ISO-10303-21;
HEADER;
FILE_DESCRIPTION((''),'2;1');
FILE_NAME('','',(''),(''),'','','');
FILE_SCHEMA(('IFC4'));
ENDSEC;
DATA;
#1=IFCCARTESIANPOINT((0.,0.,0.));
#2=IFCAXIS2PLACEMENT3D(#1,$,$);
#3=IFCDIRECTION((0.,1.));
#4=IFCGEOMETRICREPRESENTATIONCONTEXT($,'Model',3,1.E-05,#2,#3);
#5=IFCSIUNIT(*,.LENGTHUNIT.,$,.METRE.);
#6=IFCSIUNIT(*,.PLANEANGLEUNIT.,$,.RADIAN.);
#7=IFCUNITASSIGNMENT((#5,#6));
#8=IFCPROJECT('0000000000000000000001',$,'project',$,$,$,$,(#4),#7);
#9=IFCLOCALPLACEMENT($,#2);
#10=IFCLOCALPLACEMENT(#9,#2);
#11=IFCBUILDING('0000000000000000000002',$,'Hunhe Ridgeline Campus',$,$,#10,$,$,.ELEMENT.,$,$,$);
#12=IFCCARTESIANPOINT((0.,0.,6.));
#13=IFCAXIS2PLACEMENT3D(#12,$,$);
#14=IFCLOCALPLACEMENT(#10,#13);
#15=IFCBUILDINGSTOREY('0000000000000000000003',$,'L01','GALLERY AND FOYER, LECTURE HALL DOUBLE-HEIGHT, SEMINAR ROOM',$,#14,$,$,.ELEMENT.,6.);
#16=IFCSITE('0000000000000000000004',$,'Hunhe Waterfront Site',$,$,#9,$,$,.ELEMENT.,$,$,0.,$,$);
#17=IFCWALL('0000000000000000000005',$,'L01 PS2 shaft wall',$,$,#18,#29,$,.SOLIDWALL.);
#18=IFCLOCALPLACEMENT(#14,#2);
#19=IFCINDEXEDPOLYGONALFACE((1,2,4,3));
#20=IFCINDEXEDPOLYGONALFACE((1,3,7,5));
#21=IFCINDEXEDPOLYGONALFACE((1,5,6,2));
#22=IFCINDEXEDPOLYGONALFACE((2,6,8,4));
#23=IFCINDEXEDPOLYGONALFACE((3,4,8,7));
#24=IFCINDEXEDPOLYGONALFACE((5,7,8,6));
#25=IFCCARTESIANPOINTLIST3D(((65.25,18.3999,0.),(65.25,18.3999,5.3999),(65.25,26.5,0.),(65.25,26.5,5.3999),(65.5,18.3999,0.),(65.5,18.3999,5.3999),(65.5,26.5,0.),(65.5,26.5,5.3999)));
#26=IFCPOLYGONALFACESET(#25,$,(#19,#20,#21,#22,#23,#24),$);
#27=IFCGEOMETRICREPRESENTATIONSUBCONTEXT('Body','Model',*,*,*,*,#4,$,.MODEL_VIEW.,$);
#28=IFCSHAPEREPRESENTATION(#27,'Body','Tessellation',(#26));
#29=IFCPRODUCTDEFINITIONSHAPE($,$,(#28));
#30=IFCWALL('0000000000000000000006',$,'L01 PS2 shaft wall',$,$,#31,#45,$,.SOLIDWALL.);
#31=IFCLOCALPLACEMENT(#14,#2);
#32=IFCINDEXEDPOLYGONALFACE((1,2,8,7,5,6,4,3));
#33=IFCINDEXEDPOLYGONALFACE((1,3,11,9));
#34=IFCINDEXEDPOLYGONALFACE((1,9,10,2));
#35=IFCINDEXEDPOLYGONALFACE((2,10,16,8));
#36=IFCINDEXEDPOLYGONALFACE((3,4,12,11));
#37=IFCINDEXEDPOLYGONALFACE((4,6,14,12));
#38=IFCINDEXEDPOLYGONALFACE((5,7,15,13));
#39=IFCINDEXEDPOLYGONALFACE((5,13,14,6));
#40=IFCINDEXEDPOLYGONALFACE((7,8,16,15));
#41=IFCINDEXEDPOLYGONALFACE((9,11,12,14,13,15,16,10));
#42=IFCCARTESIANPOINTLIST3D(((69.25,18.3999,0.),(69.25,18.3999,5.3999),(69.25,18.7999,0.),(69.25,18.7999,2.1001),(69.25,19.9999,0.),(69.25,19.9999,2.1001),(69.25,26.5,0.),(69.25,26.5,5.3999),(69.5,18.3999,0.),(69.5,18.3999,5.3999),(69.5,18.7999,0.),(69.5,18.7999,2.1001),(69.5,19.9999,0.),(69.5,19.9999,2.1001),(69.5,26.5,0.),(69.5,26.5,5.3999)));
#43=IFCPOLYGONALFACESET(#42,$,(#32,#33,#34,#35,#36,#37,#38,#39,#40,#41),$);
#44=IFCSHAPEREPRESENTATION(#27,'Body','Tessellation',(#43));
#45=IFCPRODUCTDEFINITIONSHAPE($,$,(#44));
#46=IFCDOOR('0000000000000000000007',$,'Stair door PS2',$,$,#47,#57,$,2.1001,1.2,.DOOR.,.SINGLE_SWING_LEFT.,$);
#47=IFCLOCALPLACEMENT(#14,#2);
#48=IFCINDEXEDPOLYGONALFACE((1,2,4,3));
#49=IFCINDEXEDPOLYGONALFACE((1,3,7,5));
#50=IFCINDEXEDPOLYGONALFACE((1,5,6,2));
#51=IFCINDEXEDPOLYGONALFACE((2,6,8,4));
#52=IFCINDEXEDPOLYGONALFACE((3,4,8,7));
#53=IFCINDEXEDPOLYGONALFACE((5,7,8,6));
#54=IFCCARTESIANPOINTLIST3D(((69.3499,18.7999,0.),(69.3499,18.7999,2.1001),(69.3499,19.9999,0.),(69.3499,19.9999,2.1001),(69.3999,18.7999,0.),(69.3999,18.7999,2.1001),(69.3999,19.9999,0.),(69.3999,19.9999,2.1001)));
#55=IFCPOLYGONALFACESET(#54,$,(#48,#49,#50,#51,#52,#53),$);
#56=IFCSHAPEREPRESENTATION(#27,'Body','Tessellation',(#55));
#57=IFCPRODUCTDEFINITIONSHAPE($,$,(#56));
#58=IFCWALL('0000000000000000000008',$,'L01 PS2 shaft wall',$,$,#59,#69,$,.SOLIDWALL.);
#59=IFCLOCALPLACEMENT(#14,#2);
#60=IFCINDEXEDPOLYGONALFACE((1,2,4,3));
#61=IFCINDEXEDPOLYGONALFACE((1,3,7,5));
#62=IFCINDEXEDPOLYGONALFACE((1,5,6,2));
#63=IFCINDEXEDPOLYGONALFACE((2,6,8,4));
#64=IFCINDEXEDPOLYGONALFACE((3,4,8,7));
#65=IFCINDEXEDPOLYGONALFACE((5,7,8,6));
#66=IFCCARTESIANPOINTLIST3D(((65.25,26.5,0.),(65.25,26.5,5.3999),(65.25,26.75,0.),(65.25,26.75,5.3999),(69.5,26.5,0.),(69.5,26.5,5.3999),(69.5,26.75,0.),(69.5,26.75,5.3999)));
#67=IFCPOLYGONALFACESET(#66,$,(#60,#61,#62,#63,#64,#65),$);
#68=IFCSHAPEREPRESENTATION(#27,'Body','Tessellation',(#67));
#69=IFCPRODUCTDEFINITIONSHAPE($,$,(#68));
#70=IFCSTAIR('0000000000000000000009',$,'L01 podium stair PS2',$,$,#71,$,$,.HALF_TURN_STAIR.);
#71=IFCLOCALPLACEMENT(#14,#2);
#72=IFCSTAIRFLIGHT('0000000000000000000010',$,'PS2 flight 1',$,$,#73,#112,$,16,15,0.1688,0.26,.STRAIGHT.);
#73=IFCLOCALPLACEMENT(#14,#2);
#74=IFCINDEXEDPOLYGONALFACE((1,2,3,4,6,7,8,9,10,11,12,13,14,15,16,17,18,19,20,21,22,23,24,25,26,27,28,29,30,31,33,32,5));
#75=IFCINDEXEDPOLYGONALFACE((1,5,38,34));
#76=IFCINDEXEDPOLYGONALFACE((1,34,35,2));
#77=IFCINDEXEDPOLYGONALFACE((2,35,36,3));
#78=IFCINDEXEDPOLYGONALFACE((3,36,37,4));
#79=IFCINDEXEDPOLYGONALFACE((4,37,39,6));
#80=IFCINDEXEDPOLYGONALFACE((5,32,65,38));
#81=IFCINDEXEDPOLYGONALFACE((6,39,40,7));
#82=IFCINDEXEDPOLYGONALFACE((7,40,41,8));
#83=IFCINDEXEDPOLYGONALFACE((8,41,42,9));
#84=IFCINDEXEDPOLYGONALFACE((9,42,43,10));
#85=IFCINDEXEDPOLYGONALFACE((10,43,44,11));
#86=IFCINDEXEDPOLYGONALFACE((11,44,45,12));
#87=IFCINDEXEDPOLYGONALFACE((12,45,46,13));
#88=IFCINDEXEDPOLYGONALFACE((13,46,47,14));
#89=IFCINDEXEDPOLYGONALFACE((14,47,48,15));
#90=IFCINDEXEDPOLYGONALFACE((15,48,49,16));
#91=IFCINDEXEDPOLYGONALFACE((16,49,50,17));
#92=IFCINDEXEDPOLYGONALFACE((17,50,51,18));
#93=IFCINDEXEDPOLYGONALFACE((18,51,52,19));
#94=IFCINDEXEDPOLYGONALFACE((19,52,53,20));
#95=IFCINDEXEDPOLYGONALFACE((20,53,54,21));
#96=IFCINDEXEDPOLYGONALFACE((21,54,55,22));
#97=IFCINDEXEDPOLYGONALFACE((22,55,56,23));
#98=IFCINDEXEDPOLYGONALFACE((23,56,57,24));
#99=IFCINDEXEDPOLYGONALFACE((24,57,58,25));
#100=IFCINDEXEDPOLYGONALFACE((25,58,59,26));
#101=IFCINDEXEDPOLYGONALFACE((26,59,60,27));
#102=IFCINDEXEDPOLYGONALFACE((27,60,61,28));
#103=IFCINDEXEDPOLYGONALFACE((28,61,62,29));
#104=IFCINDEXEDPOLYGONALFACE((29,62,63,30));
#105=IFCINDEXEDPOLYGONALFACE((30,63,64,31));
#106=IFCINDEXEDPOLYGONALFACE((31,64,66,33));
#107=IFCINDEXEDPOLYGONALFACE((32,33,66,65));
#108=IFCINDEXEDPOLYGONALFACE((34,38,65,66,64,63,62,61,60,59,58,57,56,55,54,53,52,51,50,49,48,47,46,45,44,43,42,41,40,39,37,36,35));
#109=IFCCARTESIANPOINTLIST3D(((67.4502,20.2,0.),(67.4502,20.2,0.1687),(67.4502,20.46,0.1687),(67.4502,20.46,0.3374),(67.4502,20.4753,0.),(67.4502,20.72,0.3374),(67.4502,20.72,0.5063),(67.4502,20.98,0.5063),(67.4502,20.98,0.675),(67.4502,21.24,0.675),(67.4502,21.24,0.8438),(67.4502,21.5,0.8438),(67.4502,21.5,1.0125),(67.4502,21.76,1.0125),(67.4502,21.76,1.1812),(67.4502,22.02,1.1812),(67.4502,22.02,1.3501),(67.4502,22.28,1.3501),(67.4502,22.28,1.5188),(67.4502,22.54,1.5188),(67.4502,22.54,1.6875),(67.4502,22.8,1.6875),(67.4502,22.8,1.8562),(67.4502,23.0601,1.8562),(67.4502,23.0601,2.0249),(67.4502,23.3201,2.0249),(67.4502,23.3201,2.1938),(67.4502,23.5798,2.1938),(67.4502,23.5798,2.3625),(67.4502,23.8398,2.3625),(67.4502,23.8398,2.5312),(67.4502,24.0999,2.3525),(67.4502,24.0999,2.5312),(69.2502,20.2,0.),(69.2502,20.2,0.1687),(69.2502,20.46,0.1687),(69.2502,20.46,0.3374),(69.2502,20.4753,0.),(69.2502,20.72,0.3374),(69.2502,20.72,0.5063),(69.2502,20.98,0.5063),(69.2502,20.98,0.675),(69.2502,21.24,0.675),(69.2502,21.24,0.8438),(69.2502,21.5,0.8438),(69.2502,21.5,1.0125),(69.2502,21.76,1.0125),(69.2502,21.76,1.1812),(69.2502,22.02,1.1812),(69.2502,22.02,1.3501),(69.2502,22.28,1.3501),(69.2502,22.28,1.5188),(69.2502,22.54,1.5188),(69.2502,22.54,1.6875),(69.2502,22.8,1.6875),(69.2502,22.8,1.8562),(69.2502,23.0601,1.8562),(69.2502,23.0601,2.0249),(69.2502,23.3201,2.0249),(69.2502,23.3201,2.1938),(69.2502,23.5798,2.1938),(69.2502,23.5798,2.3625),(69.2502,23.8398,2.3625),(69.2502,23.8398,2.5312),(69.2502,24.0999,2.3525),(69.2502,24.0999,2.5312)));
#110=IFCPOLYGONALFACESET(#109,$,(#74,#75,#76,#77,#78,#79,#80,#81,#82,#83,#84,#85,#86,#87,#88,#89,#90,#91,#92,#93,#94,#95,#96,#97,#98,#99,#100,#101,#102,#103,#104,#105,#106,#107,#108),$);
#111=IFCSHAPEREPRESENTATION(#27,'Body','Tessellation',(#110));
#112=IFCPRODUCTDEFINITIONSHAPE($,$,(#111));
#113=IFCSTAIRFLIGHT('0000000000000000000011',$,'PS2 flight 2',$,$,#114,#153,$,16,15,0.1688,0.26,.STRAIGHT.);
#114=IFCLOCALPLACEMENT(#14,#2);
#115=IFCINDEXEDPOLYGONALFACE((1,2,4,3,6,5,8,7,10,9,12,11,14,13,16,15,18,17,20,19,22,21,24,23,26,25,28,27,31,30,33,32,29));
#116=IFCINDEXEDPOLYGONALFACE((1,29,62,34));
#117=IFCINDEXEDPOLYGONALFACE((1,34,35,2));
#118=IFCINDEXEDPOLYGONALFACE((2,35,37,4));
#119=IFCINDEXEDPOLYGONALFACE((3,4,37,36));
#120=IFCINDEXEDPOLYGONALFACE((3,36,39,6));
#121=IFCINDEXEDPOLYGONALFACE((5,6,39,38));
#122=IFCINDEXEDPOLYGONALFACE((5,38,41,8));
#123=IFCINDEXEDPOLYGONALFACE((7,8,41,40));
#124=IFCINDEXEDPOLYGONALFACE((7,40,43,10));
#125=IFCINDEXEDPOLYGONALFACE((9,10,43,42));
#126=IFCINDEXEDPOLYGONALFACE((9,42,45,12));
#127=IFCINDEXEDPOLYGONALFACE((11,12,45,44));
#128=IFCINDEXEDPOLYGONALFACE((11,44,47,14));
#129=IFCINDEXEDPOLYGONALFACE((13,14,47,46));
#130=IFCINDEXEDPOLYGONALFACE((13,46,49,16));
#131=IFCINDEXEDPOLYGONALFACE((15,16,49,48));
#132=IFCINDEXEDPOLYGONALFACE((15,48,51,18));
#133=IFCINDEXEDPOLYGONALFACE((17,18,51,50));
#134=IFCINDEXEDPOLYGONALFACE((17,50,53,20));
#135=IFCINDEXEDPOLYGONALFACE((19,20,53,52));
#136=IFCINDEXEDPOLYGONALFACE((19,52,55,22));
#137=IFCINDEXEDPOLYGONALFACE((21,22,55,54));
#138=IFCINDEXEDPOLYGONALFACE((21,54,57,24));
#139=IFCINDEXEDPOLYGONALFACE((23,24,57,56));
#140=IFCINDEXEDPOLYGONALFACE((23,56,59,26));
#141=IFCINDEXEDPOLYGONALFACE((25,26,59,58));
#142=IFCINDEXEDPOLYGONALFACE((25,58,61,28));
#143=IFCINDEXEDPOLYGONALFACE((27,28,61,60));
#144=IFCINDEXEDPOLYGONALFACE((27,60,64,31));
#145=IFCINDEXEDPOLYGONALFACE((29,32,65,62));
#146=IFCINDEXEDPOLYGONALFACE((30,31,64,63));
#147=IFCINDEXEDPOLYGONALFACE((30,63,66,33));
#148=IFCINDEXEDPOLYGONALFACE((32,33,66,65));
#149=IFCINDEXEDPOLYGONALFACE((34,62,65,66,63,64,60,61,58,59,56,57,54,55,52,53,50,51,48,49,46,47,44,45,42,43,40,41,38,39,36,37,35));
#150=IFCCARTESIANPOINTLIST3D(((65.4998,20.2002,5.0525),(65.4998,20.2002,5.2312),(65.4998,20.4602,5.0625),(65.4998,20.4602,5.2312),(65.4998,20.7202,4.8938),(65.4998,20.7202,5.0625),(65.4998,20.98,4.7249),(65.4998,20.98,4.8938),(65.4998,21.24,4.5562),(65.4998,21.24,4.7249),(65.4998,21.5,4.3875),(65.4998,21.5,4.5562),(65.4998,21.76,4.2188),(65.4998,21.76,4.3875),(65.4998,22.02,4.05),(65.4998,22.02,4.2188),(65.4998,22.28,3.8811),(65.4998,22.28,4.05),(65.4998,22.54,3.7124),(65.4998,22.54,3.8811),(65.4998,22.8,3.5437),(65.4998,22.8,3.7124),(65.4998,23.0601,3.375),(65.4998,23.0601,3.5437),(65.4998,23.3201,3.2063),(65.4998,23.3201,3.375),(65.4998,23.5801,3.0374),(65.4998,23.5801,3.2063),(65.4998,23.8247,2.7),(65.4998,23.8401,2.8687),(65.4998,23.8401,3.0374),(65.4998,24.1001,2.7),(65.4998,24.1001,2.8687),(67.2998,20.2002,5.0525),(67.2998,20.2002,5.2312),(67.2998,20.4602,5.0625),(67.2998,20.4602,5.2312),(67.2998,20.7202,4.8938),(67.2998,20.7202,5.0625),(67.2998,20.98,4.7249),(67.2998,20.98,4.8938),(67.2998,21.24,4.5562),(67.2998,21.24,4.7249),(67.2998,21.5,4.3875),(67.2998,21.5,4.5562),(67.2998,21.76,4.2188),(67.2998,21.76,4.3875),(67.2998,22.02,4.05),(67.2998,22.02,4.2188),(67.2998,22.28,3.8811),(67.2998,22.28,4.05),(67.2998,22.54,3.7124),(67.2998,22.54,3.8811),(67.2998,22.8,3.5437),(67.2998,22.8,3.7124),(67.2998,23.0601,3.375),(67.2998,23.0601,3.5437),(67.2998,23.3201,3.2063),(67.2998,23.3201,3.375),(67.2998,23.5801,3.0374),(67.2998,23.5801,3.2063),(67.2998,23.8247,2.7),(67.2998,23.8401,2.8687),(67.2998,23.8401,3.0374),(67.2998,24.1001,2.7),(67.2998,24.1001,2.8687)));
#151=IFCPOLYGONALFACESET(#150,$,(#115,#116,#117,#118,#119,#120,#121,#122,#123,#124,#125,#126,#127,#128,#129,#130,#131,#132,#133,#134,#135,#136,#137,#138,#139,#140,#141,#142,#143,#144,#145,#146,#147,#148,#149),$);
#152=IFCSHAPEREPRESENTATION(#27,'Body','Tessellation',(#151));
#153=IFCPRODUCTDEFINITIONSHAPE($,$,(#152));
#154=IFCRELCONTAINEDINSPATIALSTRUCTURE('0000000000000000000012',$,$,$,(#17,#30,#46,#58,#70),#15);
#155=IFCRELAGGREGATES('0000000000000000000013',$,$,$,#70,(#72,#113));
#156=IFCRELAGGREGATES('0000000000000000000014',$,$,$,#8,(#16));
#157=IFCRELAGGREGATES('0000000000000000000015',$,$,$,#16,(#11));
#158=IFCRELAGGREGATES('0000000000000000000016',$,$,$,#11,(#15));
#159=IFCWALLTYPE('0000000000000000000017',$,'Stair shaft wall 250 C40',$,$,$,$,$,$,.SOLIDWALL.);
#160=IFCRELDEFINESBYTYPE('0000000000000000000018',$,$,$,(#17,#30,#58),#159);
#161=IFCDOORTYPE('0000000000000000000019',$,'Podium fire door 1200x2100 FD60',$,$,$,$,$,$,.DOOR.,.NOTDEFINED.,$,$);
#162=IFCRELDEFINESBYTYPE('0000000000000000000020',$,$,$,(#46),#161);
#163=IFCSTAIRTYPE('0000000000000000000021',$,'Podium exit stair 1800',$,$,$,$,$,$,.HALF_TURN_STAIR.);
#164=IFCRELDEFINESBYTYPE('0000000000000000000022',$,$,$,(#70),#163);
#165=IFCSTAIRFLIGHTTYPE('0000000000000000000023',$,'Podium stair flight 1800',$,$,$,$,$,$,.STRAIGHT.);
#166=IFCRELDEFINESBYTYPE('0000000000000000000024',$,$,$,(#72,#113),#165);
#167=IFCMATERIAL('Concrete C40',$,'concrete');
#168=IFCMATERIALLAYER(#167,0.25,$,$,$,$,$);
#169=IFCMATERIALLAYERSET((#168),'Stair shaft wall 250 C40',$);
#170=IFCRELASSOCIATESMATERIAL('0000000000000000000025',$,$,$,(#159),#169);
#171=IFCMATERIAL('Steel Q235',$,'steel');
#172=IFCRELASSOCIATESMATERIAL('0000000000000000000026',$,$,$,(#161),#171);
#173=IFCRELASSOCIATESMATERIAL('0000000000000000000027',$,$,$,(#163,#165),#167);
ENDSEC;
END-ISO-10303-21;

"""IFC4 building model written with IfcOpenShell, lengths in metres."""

from ifc_helpers import new_model, si_unit, direction, frame, frame_2d, origin, place, context, subcontext, project, spatial, polyline, rectangle, outline, extrude, material, layer, layer_set, type_object, element, fill, aggregate, save


model = new_model("IFC4")

# Units and contexts
model_context = context("Model", 3, precision=1e-05, world=origin(), true_north=direction((0.0, 1.0)))
body_context = subcontext(model_context, "Body", "Model", "MODEL_VIEW")
ifc_project = project(units=[si_unit("LENGTHUNIT", "METRE"), si_unit("PLANEANGLEUNIT", "RADIAN")], contexts=[model_context])

# Site, building, storey
site_placement = place(None, origin())
site = spatial("IfcSite", under=ifc_project, at=site_placement, Name="Hunhe Waterfront Site", CompositionType="ELEMENT", RefElevation=0.0)
building_placement = place(site_placement, origin())
building = spatial("IfcBuilding", under=site, at=building_placement, Name="Hunhe Ridgeline Campus", CompositionType="ELEMENT")
storey_placement = place(building_placement, frame((0.0, 0.0, 6.0)))
storey = spatial("IfcBuildingStorey", under=building, at=storey_placement, Name="L01", Description="GALLERY AND FOYER, LECTURE HALL DOUBLE-HEIGHT, SEMINAR ROOM", CompositionType="ELEMENT", Elevation=6.0)

# Shared definitions
ifc_material_1 = material(Name="Concrete C40", Category="concrete")

# Wall
ifc_layer_1 = layer(ifc_material_1, 0.25)
ifc_layer_set_1 = layer_set([ifc_layer_1], Name="Stair shaft wall 250 C40")
wall_type_1 = type_object("IfcWallType", Name="Stair shaft wall 250 C40", PredefinedType="SOLIDWALL", material=ifc_layer_set_1)
wall_1_placement = place(storey_placement, frame((65.375, 18.3999, 0.0), z_axis=(0.0, 0.0, 1.0), x_axis=(0.0, 1.0, 0.0)))
element("IfcWall", 1, at=wall_1_placement, inside=storey, type_object=wall_type_1, Name="L01 PS2 shaft wall", PredefinedType="SOLIDWALL", context=body_context, shape_type="SweptSolid", body=[
    extrude(rectangle(XDim=8.1001, YDim=0.25, at=frame_2d((4.05, 0.0))), origin(), (0.0, 0.0, 1.0), 5.3999),
])

# Wall, opening, door
wall_2_placement = place(storey_placement, frame((69.375, 26.5, 0.0), z_axis=(0.0, 0.0, 1.0), x_axis=(0.0, -1.0, 0.0)))
wall_2 = element("IfcWall", 2, at=wall_2_placement, inside=storey, type_object=wall_type_1, Name="L01 PS2 shaft wall", PredefinedType="SOLIDWALL", context=body_context, shape_type="SweptSolid", body=[
    extrude(rectangle(XDim=8.1001, YDim=0.25, at=frame_2d((4.05, 0.0))), origin(), (0.0, 0.0, 1.0), 5.3999),
])
opening_1_placement = place(wall_2_placement, frame((6.5, 0.0, 0.0)))
opening_1 = element("IfcOpeningElement", 3, at=opening_1_placement, cuts=wall_2, PredefinedType="OPENING", context=body_context, shape_type="SweptSolid", body=[
    extrude(rectangle(XDim=1.2, YDim=2.1001, at=frame_2d((0.6001, 1.05))), frame((0.0, 0.125, 0.0), z_axis=(0.0, -1.0, 0.0), x_axis=(1.0, 0.0, 0.0)), (0.0, 0.0, 1.0), 0.25),
])
ifc_material_2 = material(Name="Steel Q235", Category="steel")
door_type_1 = type_object("IfcDoorType", Name="Podium fire door 1200x2100 FD60", OperationType="NOTDEFINED", PredefinedType="DOOR", material=ifc_material_2)
door_1_placement = place(opening_1_placement, origin())
door_1 = element("IfcDoor", 4, at=door_1_placement, inside=storey, type_object=door_type_1, Name="Stair door PS2", OperationType="SINGLE_SWING_LEFT", OverallHeight=2.1001, OverallWidth=1.2, PredefinedType="DOOR", context=body_context, shape_type="SweptSolid", body=[
    extrude(rectangle(XDim=1.2, YDim=2.1001, at=frame_2d((0.6001, 1.05))), frame((0.0, 0.0249, 0.0), z_axis=(0.0, -1.0, 0.0), x_axis=(1.0, 0.0, 0.0)), (0.0, 0.0, 1.0), 0.05),
])
fill(opening_1, door_1)

# Wall
wall_3_placement = place(storey_placement, frame((65.25, 26.625, 0.0), z_axis=(0.0, 0.0, 1.0), x_axis=(1.0, 0.0, 0.0)))
element("IfcWall", 5, at=wall_3_placement, inside=storey, type_object=wall_type_1, Name="L01 PS2 shaft wall", PredefinedType="SOLIDWALL", context=body_context, shape_type="SweptSolid", body=[
    extrude(rectangle(XDim=4.25, YDim=0.25, at=frame_2d((2.125, 0.0))), origin(), (0.0, 0.0, 1.0), 5.3999),
])

# Stair, stair flights
stair_type = type_object("IfcStairType", Name="Podium exit stair 1800", PredefinedType="HALF_TURN_STAIR", material=ifc_material_1)
stair_placement = place(storey_placement, origin())
stair = element("IfcStair", 6, at=stair_placement, inside=storey, type_object=stair_type, Name="L01 podium stair PS2", PredefinedType="HALF_TURN_STAIR")
stair_flight_type = type_object("IfcStairFlightType", Name="Podium stair flight 1800", PredefinedType="STRAIGHT", material=ifc_material_1)
stair_flight_1_placement = place(storey_placement, frame((68.3501, 20.2, 0.0), z_axis=(0.0, 0.0, 1.0), x_axis=(0.0, 1.0, 0.0)))
stair_flight_1 = element("IfcStairFlight", 7, at=stair_flight_1_placement, type_object=stair_flight_type, Name="PS2 flight 1", NumberOfRisers=16, NumberOfTreads=15, PredefinedType="STRAIGHT", RiserHeight=0.1688, TreadLength=0.26, context=body_context, shape_type="SweptSolid", body=[
    extrude(outline(polyline([(0.0, 0.0), (0.0, 0.1687), (0.26, 0.1687), (0.26, 0.3374), (0.52, 0.3374), (0.52, 0.5063), (0.78, 0.5063), (0.78, 0.675), (1.04, 0.675), (1.04, 0.8438), (1.3, 0.8438), (1.3, 1.0125), (1.5601, 1.0125), (1.5601, 1.1812), (1.8201, 1.1812), (1.8201, 1.3501), (2.0801, 1.3501), (2.0801, 1.5188), (2.3401, 1.5188), (2.3401, 1.6875), (2.6001, 1.6875), (2.6001, 1.8562), (2.8601, 1.8562), (2.8601, 2.0249), (3.1201, 2.0249), (3.1201, 2.1938), (3.3799, 2.1938), (3.3799, 2.3625), (3.6399, 2.3625), (3.6399, 2.5312), (3.8999, 2.5312), (3.8999, 2.7), (3.8999, 2.3525), (0.2754, 0.0), (0.0, 0.0)])), frame((0.0, 0.8999, 0.0), z_axis=(0.0, -1.0, 0.0), x_axis=(1.0, 0.0, 0.0)), (0.0, 0.0, 1.0), 1.8),
])
stair_flight_2_placement = place(storey_placement, frame((66.3999, 24.1001, 2.7), z_axis=(0.0, 0.0, 1.0), x_axis=(0.0, -1.0, 0.0)))
stair_flight_2 = element("IfcStairFlight", 8, at=stair_flight_2_placement, type_object=stair_flight_type, Name="PS2 flight 2", NumberOfRisers=16, NumberOfTreads=15, PredefinedType="STRAIGHT", RiserHeight=0.1688, TreadLength=0.26, context=body_context, shape_type="SweptSolid", body=[
    extrude(outline(polyline([(0.0, 0.0), (0.0, 0.1687), (0.26, 0.1687), (0.26, 0.3374), (0.52, 0.3374), (0.52, 0.5063), (0.78, 0.5063), (0.78, 0.675), (1.04, 0.675), (1.04, 0.8438), (1.3, 0.8438), (1.3, 1.0125), (1.5601, 1.0125), (1.5601, 1.1812), (1.8201, 1.1812), (1.8201, 1.3501), (2.0801, 1.3501), (2.0801, 1.5188), (2.3401, 1.5188), (2.3401, 1.6875), (2.6001, 1.6875), (2.6001, 1.8562), (2.8601, 1.8562), (2.8601, 2.0249), (3.1201, 2.0249), (3.1201, 2.1938), (3.3799, 2.1938), (3.3799, 2.3625), (3.6399, 2.3625), (3.6399, 2.5312), (3.8999, 2.5312), (3.8999, 2.7), (3.8999, 2.3525), (0.2754, 0.0), (0.0, 0.0)])), frame((0.0, 0.8999, 0.0), z_axis=(0.0, -1.0, 0.0), x_axis=(1.0, 0.0, 0.0)), (0.0, 0.0, 1.0), 1.8),
])
aggregate(stair, [stair_flight_1, stair_flight_2])

save(model, "model.ifc")
